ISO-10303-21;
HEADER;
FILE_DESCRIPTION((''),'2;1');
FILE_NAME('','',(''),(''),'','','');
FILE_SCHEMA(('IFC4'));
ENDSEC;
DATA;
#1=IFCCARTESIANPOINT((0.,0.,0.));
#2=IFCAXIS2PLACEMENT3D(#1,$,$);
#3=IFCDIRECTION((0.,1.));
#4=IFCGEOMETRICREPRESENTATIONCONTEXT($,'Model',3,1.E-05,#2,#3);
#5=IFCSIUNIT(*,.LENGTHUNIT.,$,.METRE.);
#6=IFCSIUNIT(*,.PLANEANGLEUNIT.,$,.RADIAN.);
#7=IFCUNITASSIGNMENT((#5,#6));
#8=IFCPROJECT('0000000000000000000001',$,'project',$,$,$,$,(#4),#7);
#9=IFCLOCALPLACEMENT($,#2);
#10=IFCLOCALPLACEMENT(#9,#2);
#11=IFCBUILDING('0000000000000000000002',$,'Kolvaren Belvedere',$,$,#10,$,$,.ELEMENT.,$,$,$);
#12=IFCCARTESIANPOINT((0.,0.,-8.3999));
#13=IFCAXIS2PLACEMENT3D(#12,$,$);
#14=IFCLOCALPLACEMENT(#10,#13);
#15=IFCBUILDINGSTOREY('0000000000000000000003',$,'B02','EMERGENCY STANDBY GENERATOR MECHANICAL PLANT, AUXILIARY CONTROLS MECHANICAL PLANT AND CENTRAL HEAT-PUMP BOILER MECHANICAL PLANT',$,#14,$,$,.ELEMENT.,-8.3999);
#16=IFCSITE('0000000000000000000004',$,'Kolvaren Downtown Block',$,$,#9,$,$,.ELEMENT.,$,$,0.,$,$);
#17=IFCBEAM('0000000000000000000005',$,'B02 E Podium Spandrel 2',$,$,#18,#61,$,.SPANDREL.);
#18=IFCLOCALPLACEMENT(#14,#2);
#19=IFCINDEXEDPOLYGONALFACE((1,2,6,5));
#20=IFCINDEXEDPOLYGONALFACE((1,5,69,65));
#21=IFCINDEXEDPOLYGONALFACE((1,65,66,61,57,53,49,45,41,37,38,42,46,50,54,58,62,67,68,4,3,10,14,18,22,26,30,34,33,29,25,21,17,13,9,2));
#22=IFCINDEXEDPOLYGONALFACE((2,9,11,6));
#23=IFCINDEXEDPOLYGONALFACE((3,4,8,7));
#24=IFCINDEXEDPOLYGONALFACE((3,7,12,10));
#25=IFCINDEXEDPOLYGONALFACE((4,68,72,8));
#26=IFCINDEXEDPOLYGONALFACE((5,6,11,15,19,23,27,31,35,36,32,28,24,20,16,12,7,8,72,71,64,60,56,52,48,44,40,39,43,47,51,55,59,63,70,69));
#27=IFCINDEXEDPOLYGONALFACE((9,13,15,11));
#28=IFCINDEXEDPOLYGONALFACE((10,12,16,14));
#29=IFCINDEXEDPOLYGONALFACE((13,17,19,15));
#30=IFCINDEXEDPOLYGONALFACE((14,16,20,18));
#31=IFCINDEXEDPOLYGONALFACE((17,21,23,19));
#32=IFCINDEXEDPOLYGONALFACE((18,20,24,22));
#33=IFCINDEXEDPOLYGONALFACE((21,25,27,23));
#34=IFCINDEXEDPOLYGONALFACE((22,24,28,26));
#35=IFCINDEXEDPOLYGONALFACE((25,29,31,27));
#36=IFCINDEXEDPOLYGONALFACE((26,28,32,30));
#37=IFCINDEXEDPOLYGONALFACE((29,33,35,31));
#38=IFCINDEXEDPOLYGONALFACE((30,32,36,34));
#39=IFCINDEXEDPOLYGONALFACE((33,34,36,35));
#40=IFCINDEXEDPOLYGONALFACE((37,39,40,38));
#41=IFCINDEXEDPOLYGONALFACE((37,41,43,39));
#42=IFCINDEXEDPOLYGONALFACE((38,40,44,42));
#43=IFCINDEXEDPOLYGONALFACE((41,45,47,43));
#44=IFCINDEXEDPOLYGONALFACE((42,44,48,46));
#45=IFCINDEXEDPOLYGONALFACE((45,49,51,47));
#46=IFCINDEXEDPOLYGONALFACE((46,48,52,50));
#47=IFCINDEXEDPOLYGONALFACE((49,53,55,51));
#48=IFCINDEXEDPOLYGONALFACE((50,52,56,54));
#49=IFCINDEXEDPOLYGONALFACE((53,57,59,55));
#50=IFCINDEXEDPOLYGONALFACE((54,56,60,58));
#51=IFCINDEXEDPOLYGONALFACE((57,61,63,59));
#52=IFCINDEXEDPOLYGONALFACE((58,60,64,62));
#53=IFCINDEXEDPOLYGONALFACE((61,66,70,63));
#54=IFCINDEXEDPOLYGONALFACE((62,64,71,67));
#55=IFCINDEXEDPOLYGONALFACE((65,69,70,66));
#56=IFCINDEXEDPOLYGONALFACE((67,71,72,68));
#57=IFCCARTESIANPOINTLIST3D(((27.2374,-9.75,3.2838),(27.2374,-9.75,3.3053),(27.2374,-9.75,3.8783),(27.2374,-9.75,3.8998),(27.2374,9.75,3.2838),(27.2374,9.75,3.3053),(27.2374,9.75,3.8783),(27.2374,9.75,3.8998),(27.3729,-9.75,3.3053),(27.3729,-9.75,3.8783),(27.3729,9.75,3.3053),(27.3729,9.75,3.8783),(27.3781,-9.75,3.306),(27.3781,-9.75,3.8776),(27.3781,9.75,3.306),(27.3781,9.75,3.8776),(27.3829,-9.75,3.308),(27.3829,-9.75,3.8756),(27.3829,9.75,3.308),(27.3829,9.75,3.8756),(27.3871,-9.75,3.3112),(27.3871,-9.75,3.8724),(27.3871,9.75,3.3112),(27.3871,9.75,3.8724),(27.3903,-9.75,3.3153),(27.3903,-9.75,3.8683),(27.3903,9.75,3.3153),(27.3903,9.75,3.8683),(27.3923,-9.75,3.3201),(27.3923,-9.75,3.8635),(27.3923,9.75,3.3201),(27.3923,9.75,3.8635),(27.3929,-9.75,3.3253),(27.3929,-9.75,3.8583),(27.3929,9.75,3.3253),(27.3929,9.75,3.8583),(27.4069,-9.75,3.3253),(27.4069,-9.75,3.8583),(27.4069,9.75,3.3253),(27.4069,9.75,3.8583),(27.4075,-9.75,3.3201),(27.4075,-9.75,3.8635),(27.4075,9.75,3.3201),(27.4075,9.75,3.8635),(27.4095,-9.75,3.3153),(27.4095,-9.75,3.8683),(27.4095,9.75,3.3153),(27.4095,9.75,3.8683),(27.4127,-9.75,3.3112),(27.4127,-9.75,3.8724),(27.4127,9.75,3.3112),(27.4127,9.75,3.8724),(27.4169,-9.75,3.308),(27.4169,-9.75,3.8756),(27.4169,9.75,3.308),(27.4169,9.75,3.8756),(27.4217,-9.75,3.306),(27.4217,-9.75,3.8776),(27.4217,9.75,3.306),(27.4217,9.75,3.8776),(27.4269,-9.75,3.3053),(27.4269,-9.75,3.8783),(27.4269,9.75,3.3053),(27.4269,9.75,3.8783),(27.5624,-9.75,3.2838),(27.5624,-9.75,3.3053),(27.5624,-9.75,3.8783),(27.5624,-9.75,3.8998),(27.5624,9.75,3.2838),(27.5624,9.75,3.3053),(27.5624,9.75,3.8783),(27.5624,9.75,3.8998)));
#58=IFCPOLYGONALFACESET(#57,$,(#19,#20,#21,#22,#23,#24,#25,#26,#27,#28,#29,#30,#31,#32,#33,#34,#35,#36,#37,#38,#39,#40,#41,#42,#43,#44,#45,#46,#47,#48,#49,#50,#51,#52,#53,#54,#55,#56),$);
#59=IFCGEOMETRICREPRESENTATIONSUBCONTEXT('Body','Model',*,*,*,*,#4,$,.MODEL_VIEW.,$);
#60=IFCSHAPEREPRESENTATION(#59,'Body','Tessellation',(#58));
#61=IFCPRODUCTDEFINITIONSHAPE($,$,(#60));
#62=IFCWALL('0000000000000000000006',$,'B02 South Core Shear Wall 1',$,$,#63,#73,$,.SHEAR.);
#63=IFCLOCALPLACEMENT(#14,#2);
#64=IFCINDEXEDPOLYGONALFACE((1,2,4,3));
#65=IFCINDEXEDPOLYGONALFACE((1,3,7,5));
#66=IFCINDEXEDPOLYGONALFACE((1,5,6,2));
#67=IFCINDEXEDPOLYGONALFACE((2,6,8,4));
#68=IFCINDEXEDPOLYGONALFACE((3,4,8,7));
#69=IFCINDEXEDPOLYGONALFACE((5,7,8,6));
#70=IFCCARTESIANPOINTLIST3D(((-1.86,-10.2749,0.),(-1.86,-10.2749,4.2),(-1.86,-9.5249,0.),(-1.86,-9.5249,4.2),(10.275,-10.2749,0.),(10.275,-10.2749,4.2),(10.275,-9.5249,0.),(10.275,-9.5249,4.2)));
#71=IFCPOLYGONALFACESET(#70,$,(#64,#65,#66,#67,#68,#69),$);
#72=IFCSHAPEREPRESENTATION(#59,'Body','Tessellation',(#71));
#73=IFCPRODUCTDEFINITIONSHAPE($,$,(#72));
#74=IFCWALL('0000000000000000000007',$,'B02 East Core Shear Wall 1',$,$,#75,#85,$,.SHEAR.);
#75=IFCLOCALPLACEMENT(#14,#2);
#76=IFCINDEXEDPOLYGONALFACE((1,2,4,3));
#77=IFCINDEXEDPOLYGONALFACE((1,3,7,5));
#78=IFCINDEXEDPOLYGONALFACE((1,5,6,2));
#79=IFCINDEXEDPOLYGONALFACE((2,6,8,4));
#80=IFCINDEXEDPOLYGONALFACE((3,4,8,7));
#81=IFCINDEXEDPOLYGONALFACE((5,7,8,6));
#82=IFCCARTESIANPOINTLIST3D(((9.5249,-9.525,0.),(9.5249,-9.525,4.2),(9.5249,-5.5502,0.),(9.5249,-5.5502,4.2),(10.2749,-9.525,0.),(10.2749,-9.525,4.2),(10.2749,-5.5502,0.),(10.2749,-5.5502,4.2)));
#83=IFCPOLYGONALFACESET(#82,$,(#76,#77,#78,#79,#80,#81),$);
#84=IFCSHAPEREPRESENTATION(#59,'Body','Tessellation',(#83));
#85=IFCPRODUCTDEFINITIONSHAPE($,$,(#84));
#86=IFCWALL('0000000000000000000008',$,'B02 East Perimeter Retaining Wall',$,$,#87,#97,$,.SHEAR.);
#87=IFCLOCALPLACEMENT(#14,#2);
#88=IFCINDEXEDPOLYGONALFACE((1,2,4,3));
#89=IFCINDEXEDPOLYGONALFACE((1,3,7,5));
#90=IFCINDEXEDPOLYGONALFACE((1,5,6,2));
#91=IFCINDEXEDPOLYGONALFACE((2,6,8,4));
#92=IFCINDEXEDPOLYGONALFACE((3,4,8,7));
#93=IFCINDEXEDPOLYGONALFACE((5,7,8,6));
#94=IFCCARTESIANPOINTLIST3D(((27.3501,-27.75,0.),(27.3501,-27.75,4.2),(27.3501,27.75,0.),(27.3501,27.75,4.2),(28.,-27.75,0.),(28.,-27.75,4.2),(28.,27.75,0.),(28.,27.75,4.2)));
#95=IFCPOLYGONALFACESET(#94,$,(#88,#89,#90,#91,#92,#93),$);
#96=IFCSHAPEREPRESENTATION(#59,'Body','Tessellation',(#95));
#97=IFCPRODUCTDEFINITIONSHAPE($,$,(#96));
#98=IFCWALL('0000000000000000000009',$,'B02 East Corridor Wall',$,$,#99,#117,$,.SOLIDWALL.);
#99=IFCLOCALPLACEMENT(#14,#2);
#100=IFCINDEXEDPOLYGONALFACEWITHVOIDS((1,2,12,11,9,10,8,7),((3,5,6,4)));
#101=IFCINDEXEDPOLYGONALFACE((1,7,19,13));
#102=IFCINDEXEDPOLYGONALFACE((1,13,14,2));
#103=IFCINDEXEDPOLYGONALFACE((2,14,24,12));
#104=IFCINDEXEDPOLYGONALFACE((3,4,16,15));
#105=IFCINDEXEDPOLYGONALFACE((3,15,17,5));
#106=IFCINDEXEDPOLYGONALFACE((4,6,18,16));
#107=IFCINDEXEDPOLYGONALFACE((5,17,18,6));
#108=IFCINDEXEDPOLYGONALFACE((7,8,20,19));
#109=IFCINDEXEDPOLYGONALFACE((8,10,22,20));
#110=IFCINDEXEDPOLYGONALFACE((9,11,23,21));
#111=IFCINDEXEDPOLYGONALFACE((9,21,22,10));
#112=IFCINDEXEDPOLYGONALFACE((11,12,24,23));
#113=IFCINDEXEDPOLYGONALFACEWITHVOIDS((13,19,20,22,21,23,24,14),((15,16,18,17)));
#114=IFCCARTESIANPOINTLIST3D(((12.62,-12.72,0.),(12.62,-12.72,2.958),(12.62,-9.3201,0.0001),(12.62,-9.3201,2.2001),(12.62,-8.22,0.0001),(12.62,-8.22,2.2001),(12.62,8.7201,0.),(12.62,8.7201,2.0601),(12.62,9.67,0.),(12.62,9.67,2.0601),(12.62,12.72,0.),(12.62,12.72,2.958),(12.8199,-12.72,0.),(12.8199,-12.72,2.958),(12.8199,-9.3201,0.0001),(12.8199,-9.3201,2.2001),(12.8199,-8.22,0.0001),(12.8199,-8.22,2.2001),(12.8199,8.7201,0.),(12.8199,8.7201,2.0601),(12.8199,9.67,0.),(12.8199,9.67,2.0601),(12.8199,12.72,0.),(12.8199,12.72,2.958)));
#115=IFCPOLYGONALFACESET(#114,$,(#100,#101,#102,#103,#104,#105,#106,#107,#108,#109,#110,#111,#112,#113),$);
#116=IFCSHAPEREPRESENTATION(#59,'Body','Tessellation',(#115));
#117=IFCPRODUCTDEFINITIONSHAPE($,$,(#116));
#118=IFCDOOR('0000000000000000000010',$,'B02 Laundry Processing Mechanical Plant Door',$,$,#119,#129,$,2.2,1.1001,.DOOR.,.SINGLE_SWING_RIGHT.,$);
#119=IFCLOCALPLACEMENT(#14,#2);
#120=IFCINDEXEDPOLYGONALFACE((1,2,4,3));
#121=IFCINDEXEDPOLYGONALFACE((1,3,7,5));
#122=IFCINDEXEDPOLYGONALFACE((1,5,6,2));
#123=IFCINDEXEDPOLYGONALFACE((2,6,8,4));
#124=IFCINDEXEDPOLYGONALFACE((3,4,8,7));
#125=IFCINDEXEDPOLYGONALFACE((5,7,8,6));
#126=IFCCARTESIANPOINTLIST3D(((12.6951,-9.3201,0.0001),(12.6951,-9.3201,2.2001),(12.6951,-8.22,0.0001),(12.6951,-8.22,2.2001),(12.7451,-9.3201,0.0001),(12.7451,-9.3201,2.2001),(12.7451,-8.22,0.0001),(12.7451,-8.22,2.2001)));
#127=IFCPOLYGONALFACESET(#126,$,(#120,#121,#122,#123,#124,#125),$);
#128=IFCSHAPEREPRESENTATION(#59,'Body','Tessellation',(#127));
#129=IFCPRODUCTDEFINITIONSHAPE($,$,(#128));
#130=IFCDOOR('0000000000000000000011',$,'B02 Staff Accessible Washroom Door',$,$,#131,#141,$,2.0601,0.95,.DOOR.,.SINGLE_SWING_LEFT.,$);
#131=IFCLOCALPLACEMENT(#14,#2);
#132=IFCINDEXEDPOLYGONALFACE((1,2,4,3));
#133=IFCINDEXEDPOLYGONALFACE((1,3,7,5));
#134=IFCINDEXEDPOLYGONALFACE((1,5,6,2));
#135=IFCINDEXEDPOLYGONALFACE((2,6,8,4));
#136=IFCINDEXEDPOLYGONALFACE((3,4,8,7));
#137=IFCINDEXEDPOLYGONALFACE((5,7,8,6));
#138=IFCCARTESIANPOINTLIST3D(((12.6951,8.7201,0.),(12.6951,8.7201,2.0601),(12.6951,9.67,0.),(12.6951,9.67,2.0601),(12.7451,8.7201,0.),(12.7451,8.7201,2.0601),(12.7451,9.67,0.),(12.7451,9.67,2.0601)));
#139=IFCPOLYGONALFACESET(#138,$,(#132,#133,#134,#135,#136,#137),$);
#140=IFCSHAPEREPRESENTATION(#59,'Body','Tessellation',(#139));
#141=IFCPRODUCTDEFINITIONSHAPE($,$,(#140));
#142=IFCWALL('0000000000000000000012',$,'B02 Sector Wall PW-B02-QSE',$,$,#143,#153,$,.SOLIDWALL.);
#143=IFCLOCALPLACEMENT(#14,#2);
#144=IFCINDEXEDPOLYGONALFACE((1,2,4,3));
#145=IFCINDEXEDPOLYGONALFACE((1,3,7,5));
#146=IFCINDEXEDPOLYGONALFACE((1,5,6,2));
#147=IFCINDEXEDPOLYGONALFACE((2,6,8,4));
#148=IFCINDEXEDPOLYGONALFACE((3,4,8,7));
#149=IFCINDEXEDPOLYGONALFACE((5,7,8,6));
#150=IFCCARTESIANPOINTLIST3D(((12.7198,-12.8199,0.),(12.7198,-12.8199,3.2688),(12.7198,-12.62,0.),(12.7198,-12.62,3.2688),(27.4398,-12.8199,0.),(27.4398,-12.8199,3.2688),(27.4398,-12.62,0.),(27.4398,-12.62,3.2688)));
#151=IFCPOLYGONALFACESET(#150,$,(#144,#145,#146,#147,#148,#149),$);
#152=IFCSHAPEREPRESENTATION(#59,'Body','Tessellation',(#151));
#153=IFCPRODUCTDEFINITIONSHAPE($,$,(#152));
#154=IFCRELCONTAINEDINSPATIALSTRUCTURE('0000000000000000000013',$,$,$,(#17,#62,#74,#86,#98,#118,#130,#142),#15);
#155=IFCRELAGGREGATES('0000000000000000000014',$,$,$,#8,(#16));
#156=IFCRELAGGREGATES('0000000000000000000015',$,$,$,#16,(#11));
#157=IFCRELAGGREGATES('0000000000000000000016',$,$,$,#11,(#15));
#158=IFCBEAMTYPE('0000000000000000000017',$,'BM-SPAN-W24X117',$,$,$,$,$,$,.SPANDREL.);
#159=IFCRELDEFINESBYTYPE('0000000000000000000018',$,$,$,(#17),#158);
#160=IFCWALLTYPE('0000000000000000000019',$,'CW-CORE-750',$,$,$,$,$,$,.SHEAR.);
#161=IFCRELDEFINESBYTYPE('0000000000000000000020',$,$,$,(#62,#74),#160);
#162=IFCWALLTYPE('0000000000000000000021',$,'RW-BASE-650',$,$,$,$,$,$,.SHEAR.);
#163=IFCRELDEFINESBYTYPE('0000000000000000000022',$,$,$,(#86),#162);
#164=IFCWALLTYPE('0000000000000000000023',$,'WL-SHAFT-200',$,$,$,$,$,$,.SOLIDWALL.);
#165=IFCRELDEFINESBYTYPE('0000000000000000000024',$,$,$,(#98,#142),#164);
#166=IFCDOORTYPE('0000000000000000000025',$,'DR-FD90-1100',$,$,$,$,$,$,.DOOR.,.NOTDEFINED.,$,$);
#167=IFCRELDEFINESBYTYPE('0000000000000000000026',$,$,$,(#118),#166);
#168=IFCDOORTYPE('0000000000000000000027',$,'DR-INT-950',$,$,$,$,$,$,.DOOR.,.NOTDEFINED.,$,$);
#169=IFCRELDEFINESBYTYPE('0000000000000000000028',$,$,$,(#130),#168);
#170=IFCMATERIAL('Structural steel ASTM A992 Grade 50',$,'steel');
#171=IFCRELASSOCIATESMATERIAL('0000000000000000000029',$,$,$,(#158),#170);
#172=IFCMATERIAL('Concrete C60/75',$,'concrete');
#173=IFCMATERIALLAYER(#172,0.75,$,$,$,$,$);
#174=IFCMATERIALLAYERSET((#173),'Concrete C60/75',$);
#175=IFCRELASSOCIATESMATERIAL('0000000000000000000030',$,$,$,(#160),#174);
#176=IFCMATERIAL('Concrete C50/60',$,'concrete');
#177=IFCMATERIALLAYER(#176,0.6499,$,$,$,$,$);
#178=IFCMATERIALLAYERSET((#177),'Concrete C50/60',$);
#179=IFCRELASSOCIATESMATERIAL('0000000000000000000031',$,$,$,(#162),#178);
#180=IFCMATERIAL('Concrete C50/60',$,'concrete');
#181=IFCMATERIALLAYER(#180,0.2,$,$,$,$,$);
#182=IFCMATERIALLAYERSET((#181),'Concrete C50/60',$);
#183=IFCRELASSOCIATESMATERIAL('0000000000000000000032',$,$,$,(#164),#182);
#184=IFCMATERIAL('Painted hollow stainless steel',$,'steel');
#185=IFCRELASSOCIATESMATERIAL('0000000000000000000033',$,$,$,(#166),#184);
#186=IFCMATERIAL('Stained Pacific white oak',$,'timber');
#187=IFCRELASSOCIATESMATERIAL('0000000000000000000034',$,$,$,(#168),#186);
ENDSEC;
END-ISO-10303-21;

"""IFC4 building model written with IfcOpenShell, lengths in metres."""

from ifc_helpers import new_model, si_unit, direction, frame, frame_2d, origin, origin_2d, place, context, subcontext, project, spatial, rectangle, i_section, extrude, material, layer, layer_set, material_profile, profile_set, type_object, element, fill, save


model = new_model("IFC4")

# Units and contexts
model_context = context("Model", 3, precision=1e-05, world=origin(), true_north=direction((0.0, 1.0)))
body_context = subcontext(model_context, "Body", "Model", "MODEL_VIEW")
ifc_project = project(units=[si_unit("LENGTHUNIT", "METRE"), si_unit("PLANEANGLEUNIT", "RADIAN")], contexts=[model_context])

# Site, building, storey
site_placement = place(None, origin())
site = spatial("IfcSite", under=ifc_project, at=site_placement, Name="Kolvaren Downtown Block", CompositionType="ELEMENT", RefElevation=0.0)
building_placement = place(site_placement, origin())
building = spatial("IfcBuilding", under=site, at=building_placement, Name="Kolvaren Belvedere", CompositionType="ELEMENT")
storey_placement = place(building_placement, frame((0.0, 0.0, -8.3999)))
storey = spatial("IfcBuildingStorey", under=building, at=storey_placement, Name="B02", Description="EMERGENCY STANDBY GENERATOR MECHANICAL PLANT, AUXILIARY CONTROLS MECHANICAL PLANT AND CENTRAL HEAT-PUMP BOILER MECHANICAL PLANT", CompositionType="ELEMENT", Elevation=-8.3999)

# Beam
ifc_material_1 = material(Name="Structural steel ASTM A992 Grade 50", Category="steel")
ifc_material_profile_1 = material_profile(ifc_material_1, i_section(OverallWidth=0.325, OverallDepth=0.616, WebThickness=0.0139, FlangeThickness=0.0215, FilletRadius=0.02, at=origin_2d()), Name="W24X117")
ifc_profile_set_1 = profile_set([ifc_material_profile_1], Name="Structural steel ASTM A992 Grade 50")
beam_type_1 = type_object("IfcBeamType", Name="BM-SPAN-W24X117", PredefinedType="SPANDREL", material=ifc_profile_set_1)
beam_1_placement = place(storey_placement, frame((27.3999, -9.75, 3.5918), z_axis=(0.0, 1.0, 0.0), x_axis=(-1.0, 0.0, 0.0)))
element("IfcBeam", 1, at=beam_1_placement, inside=storey, type_object=beam_type_1, Name="B02 E Podium Spandrel 2", PredefinedType="SPANDREL", context=body_context, shape_type="SweptSolid", body=[
    extrude(i_section(OverallWidth=0.325, OverallDepth=0.616, WebThickness=0.0139, FlangeThickness=0.0215, FilletRadius=0.02, at=origin_2d()), origin(), (0.0, 0.0, 1.0), 19.5),
])

# Walls
ifc_material_2 = material(Name="Concrete C60/75", Category="concrete")
ifc_layer_1 = layer(ifc_material_2, 0.75)
ifc_layer_set_1 = layer_set([ifc_layer_1], Name="Concrete C60/75")
wall_type_1 = type_object("IfcWallType", Name="CW-CORE-750", PredefinedType="SHEAR", material=ifc_layer_set_1)
wall_1_placement = place(storey_placement, frame((10.2749, -9.8999, 0.0), z_axis=(0.0, 0.0, 1.0), x_axis=(-1.0, 0.0, 0.0)))
element("IfcWall", 2, at=wall_1_placement, inside=storey, type_object=wall_type_1, Name="B02 South Core Shear Wall 1", PredefinedType="SHEAR", context=body_context, shape_type="SweptSolid", body=[
    extrude(rectangle(XDim=12.135, YDim=0.75, at=frame_2d((6.0674, 0.0))), origin(), (0.0, 0.0, 1.0), 4.2),
])
wall_2_placement = place(storey_placement, frame((9.8999, -9.5249, 0.0), z_axis=(0.0, 0.0, 1.0), x_axis=(0.0, 1.0, 0.0)))
element("IfcWall", 3, at=wall_2_placement, inside=storey, type_object=wall_type_1, Name="B02 East Core Shear Wall 1", PredefinedType="SHEAR", context=body_context, shape_type="SweptSolid", body=[
    extrude(rectangle(XDim=3.9749, YDim=0.75, at=frame_2d((1.9873, 0.0))), origin(), (0.0, 0.0, 1.0), 4.2),
])
ifc_material_3 = material(Name="Concrete C50/60", Category="concrete")
ifc_layer_2 = layer(ifc_material_3, 0.6499)
ifc_layer_set_2 = layer_set([ifc_layer_2], Name="Concrete C50/60")
wall_type_2 = type_object("IfcWallType", Name="RW-BASE-650", PredefinedType="SHEAR", material=ifc_layer_set_2)
wall_3_placement = place(storey_placement, frame((27.675, -27.75, 0.0), z_axis=(0.0, 0.0, 1.0), x_axis=(0.0, 1.0, 0.0)))
element("IfcWall", 4, at=wall_3_placement, inside=storey, type_object=wall_type_2, Name="B02 East Perimeter Retaining Wall", PredefinedType="SHEAR", context=body_context, shape_type="SweptSolid", body=[
    extrude(rectangle(XDim=55.5, YDim=0.6499, at=frame_2d((27.75, 0.0))), origin(), (0.0, 0.0, 1.0), 4.2),
])

# Wall, openings, doors
ifc_material_4 = material(Name="Concrete C50/60", Category="concrete")
ifc_layer_3 = layer(ifc_material_4, 0.2)
ifc_layer_set_3 = layer_set([ifc_layer_3], Name="Concrete C50/60")
wall_type_3 = type_object("IfcWallType", Name="WL-SHAFT-200", PredefinedType="SOLIDWALL", material=ifc_layer_set_3)
wall_4_placement = place(storey_placement, frame((12.72, -12.72, 0.0), z_axis=(0.0, 0.0, 1.0), x_axis=(0.0, 1.0, 0.0)))
wall_4 = element("IfcWall", 5, at=wall_4_placement, inside=storey, type_object=wall_type_3, Name="B02 East Corridor Wall", PredefinedType="SOLIDWALL", context=body_context, shape_type="SweptSolid", body=[
    extrude(rectangle(XDim=25.4399, YDim=0.2, at=frame_2d((12.72, 0.0))), origin(), (0.0, 0.0, 1.0), 2.958),
])
opening_1_placement = place(wall_4_placement, frame((3.3999, 0.0, 0.0)))
opening_1 = element("IfcOpeningElement", 6, at=opening_1_placement, cuts=wall_4, PredefinedType="OPENING", context=body_context, shape_type="SweptSolid", body=[
    extrude(rectangle(XDim=1.1001, YDim=2.2, at=frame_2d((0.55, 1.1001))), frame((0.0, 0.1099, 0.0), z_axis=(0.0, -1.0, 0.0), x_axis=(1.0, 0.0, 0.0)), (0.0, 0.0, 1.0), 0.22),
])
opening_2_placement = place(wall_4_placement, frame((21.4399, 0.0, 0.0)))
opening_2 = element("IfcOpeningElement", 7, at=opening_2_placement, cuts=wall_4, PredefinedType="OPENING", context=body_context, shape_type="SweptSolid", body=[
    extrude(rectangle(XDim=0.95, YDim=2.0601, at=frame_2d((0.4751, 1.03))), frame((0.0, 0.1099, 0.0), z_axis=(0.0, -1.0, 0.0), x_axis=(1.0, 0.0, 0.0)), (0.0, 0.0, 1.0), 0.22),
])
ifc_material_5 = material(Name="Painted hollow stainless steel", Category="steel")
door_type_1 = type_object("IfcDoorType", Name="DR-FD90-1100", OperationType="NOTDEFINED", PredefinedType="DOOR", material=ifc_material_5)
door_1_placement = place(opening_1_placement, origin())
door_1 = element("IfcDoor", 8, at=door_1_placement, inside=storey, type_object=door_type_1, Name="B02 Laundry Processing Mechanical Plant Door", OperationType="SINGLE_SWING_RIGHT", OverallHeight=2.2, OverallWidth=1.1001, PredefinedType="DOOR", context=body_context, shape_type="SweptSolid", body=[
    extrude(rectangle(XDim=1.1001, YDim=2.2, at=frame_2d((0.55, 1.1001))), frame((0.0, 0.0249, 0.0), z_axis=(0.0, -1.0, 0.0), x_axis=(1.0, 0.0, 0.0)), (0.0, 0.0, 1.0), 0.05),
])
fill(opening_1, door_1)
ifc_material_6 = material(Name="Stained Pacific white oak", Category="timber")
door_type_2 = type_object("IfcDoorType", Name="DR-INT-950", OperationType="NOTDEFINED", PredefinedType="DOOR", material=ifc_material_6)
door_2_placement = place(opening_2_placement, origin())
door_2 = element("IfcDoor", 9, at=door_2_placement, inside=storey, type_object=door_type_2, Name="B02 Staff Accessible Washroom Door", OperationType="SINGLE_SWING_LEFT", OverallHeight=2.0601, OverallWidth=0.95, PredefinedType="DOOR", context=body_context, shape_type="SweptSolid", body=[
    extrude(rectangle(XDim=0.95, YDim=2.0601, at=frame_2d((0.4751, 1.03))), frame((0.0, 0.0249, 0.0), z_axis=(0.0, -1.0, 0.0), x_axis=(1.0, 0.0, 0.0)), (0.0, 0.0, 1.0), 0.05),
])
fill(opening_2, door_2)

# Wall
wall_5_placement = place(storey_placement, frame((12.72, -12.72, 0.0), z_axis=(0.0, 0.0, 1.0), x_axis=(1.0, 0.0, 0.0)))
element("IfcWall", 10, at=wall_5_placement, inside=storey, type_object=wall_type_3, Name="B02 Sector Wall PW-B02-QSE", PredefinedType="SOLIDWALL", context=body_context, shape_type="SweptSolid", body=[
    extrude(rectangle(XDim=14.72, YDim=0.2, at=frame_2d((7.3599, 0.0))), origin(), (0.0, 0.0, 1.0), 3.2688),
])

save(model, "model.ifc")
